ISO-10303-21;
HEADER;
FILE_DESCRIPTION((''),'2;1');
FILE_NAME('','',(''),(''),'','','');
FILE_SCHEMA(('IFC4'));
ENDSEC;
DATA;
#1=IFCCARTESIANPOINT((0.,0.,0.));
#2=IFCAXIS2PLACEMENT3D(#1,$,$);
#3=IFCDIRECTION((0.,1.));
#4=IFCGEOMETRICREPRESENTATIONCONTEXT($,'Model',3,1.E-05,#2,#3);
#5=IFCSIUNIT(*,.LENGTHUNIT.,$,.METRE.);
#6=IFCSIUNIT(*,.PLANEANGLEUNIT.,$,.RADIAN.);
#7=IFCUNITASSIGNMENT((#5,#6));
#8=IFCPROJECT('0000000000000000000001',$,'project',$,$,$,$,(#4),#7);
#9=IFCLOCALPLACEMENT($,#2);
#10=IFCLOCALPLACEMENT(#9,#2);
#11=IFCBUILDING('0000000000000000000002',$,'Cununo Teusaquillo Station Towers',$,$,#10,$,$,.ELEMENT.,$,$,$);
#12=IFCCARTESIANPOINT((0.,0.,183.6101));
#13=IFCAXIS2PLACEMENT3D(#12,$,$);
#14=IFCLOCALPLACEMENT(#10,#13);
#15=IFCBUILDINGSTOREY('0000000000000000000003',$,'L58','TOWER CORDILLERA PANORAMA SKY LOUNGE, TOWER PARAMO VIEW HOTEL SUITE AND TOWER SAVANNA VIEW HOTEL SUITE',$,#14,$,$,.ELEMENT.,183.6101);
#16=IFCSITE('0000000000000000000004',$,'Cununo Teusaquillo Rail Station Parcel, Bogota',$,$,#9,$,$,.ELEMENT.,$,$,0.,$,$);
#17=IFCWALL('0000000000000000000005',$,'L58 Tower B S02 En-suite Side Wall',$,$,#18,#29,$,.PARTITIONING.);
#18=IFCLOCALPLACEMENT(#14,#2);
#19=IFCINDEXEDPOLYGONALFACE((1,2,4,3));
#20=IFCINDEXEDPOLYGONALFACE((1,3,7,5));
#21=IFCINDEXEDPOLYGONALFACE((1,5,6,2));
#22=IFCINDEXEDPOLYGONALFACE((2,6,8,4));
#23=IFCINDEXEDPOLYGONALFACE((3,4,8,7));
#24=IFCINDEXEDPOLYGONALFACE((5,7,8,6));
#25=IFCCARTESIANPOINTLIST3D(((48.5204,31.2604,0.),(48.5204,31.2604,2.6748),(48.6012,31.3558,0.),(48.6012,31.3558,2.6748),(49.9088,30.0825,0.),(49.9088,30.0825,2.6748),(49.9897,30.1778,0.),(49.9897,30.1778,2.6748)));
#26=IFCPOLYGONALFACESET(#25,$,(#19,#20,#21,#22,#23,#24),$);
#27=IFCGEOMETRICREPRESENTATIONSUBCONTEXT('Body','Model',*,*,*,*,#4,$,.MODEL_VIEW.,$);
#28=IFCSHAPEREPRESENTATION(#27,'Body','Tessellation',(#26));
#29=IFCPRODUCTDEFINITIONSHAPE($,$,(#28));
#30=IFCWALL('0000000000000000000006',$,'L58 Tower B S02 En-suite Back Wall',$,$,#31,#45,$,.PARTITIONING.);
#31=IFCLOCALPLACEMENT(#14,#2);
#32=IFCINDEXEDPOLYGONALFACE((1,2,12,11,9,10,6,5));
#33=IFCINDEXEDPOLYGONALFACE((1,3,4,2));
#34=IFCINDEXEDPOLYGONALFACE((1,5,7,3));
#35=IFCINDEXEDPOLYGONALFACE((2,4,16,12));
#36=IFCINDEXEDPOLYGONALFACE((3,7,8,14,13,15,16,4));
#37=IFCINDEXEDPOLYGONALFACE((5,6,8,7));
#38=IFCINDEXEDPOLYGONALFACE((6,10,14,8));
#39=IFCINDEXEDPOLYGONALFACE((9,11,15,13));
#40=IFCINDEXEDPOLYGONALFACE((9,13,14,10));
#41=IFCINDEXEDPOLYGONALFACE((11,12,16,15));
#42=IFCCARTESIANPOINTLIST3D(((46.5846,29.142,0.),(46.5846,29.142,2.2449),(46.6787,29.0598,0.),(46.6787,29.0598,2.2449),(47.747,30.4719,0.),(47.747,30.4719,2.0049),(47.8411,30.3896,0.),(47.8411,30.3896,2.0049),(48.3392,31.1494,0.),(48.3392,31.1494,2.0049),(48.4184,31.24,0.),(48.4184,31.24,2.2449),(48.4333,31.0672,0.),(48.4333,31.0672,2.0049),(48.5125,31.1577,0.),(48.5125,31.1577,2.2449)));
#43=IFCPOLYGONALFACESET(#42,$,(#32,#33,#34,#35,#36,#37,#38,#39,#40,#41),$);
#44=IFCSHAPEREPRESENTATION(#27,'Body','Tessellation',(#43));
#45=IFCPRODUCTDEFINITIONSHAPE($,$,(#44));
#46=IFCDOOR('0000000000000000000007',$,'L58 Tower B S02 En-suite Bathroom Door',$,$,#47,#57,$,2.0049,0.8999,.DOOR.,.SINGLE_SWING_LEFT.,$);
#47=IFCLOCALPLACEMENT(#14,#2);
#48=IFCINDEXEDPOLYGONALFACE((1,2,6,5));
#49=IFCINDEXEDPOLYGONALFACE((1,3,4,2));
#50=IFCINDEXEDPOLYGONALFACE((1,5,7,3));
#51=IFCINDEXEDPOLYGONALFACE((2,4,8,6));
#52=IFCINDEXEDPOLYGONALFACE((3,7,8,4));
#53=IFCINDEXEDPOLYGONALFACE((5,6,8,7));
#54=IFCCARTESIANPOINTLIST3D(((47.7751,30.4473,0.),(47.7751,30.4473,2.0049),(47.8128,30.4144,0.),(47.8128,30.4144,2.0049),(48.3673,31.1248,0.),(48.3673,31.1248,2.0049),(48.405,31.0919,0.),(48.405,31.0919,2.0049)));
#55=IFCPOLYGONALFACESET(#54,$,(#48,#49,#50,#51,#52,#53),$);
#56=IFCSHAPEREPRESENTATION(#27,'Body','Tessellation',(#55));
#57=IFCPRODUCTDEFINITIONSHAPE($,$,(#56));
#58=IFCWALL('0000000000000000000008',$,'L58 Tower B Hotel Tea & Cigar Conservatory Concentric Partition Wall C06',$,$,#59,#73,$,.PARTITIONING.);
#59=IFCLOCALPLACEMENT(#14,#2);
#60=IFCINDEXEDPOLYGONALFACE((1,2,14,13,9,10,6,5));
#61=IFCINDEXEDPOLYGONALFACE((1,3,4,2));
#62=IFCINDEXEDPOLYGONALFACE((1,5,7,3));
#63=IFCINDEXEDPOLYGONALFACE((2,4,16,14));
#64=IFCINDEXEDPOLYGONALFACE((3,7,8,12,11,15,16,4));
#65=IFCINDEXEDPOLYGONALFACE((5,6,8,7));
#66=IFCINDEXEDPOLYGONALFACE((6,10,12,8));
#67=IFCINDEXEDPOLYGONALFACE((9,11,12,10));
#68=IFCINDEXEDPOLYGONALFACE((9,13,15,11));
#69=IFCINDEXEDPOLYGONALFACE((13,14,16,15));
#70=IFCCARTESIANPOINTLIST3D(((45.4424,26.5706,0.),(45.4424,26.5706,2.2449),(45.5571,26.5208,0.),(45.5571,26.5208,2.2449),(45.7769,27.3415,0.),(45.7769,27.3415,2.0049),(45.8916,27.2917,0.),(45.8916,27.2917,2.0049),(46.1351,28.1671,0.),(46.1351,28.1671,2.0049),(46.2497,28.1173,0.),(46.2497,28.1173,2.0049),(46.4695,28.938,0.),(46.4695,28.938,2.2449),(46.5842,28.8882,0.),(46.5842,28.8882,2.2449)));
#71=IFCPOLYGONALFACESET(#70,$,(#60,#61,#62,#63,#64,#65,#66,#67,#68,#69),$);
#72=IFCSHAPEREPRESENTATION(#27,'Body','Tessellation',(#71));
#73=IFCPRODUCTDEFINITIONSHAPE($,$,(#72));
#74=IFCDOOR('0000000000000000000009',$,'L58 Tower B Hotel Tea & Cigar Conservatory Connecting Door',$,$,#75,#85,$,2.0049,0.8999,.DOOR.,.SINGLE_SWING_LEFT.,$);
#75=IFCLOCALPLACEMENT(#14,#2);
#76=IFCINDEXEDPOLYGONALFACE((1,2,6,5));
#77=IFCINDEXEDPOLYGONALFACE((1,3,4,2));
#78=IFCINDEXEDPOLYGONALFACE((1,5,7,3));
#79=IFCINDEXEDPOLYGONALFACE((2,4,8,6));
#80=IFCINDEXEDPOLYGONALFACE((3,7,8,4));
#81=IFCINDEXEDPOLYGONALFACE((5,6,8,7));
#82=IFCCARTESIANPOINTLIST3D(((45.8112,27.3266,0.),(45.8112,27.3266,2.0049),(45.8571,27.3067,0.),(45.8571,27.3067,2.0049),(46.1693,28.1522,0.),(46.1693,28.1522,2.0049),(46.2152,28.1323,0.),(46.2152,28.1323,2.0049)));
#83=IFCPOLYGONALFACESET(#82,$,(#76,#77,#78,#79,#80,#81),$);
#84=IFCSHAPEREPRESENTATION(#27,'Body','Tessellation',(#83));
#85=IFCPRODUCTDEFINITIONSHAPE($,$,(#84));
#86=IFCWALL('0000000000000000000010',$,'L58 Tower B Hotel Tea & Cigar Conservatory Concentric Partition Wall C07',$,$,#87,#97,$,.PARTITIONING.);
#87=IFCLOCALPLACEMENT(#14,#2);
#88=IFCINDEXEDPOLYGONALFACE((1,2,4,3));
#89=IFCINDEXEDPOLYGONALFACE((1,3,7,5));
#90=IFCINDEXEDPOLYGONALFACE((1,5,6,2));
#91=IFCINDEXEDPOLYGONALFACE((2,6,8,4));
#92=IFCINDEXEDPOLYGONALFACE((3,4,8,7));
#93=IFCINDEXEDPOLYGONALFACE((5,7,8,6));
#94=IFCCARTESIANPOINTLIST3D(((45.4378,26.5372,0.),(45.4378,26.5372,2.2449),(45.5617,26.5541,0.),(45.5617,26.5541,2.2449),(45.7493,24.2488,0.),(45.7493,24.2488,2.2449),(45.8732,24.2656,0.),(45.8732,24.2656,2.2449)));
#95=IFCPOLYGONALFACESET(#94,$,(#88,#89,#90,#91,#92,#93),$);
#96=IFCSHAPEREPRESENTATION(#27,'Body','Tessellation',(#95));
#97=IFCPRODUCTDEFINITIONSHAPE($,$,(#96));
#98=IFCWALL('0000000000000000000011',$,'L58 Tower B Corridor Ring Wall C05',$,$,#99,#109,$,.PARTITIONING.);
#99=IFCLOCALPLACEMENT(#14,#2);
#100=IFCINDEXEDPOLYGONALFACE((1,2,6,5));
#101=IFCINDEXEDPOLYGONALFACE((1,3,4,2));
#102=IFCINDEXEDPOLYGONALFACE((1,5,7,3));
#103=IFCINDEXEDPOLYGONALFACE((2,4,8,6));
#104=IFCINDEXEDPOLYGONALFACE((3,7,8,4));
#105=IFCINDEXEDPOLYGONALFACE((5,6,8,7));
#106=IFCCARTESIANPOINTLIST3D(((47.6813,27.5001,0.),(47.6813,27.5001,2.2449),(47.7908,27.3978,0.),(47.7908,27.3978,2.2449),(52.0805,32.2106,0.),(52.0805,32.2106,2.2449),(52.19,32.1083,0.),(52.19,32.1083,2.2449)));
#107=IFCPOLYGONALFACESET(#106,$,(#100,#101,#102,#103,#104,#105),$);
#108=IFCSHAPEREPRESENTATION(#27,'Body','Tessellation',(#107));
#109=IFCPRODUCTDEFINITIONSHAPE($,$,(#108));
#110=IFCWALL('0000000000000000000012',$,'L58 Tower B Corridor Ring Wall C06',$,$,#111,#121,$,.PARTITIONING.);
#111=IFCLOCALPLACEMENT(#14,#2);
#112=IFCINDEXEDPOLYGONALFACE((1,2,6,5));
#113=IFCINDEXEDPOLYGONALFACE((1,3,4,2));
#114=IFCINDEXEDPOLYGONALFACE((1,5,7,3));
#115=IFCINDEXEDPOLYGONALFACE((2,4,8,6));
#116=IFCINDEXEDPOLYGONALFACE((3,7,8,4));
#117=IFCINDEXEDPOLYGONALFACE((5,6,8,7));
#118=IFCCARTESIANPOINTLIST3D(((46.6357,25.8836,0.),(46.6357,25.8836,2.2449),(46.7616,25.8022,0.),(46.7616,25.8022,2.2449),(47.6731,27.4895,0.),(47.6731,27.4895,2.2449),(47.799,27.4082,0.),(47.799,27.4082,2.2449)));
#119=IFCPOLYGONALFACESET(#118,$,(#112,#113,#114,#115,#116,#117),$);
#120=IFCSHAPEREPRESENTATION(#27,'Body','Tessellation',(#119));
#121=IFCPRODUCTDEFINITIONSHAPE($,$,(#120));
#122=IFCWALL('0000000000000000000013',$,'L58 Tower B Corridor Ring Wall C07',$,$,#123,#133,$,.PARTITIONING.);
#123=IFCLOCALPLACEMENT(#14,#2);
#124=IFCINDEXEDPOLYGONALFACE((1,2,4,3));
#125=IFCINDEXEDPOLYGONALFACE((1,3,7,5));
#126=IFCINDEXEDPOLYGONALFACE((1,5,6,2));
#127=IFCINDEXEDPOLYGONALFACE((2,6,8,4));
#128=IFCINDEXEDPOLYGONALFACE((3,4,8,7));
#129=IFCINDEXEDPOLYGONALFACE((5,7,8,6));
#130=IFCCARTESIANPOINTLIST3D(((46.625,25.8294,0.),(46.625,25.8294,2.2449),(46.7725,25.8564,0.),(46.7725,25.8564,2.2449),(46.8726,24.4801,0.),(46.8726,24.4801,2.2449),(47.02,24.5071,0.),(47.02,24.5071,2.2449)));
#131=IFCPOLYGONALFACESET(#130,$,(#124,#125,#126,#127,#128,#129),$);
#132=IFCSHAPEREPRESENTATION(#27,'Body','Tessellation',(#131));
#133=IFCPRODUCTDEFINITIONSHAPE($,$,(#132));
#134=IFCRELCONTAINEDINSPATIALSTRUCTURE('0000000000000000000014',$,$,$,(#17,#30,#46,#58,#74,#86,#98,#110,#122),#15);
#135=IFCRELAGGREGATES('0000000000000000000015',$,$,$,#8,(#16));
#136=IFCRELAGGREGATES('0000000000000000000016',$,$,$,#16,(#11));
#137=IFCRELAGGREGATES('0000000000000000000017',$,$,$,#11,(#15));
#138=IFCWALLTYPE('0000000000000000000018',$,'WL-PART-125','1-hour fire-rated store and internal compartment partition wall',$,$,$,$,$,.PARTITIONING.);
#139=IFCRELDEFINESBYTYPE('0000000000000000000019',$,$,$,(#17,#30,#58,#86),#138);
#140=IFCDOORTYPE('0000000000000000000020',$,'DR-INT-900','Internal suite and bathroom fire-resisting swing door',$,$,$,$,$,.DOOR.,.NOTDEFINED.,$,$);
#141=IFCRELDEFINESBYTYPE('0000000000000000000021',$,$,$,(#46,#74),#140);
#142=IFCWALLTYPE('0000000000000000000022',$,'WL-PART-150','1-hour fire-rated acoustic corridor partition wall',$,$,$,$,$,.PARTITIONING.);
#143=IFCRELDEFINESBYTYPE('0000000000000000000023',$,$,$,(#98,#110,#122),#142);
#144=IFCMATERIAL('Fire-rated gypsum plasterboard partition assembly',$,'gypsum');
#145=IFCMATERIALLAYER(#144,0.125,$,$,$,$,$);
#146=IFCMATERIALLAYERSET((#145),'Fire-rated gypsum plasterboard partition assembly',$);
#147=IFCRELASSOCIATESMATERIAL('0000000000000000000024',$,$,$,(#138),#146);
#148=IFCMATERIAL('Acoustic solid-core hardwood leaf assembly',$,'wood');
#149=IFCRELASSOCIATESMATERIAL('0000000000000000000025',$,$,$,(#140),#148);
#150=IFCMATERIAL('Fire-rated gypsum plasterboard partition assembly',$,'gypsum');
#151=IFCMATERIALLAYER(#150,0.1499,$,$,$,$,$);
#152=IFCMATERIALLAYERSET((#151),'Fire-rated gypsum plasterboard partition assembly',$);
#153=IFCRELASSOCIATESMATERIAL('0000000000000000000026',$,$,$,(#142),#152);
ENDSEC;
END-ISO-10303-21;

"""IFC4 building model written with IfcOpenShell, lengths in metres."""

from ifc_helpers import new_model, si_unit, direction, frame, frame_2d, origin, place, context, subcontext, project, spatial, rectangle, extrude, source, transform, mapped, material, layer, layer_set, type_object, element, fill, save


model = new_model("IFC4")

# Units and contexts
model_context = context("Model", 3, precision=1e-05, world=origin(), true_north=direction((0.0, 1.0)))
body_context = subcontext(model_context, "Body", "Model", "MODEL_VIEW")
ifc_project = project(units=[si_unit("LENGTHUNIT", "METRE"), si_unit("PLANEANGLEUNIT", "RADIAN")], contexts=[model_context])

# Site, building, storey
site_placement = place(None, origin())
site = spatial("IfcSite", under=ifc_project, at=site_placement, Name="Cununo Teusaquillo Rail Station Parcel, Bogota", CompositionType="ELEMENT", RefElevation=0.0)
building_placement = place(site_placement, origin())
building = spatial("IfcBuilding", under=site, at=building_placement, Name="Cununo Teusaquillo Station Towers", CompositionType="ELEMENT")
storey_placement = place(building_placement, frame((0.0, 0.0, 183.6101)))
storey = spatial("IfcBuildingStorey", under=building, at=storey_placement, Name="L58", Description="TOWER CORDILLERA PANORAMA SKY LOUNGE, TOWER PARAMO VIEW HOTEL SUITE AND TOWER SAVANNA VIEW HOTEL SUITE", CompositionType="ELEMENT", Elevation=183.6101)

# Shared definitions
ifc_material_1 = material(Name="Fire-rated gypsum plasterboard partition assembly", Category="gypsum")
ifc_layer_1 = layer(ifc_material_1, 0.125)
ifc_layer_set_1 = layer_set([ifc_layer_1], Name="Fire-rated gypsum plasterboard partition assembly")
wall_type_1 = type_object("IfcWallType", Name="WL-PART-125", Description="1-hour fire-rated store and internal compartment partition wall", PredefinedType="PARTITIONING", material=ifc_layer_set_1)
shared_shape_1 = source(origin(), body_context, "Body", "SweptSolid", [
    extrude(rectangle(XDim=0.8999, YDim=2.0049, at=frame_2d((0.45, 1.0024))), frame((0.0, 0.0725, 0.0), z_axis=(0.0, -1.0, 0.0), x_axis=(1.0, 0.0, 0.0)), (0.0, 0.0, 1.0), 0.145),
])
shared_shape_2 = source(origin(), body_context, "Body", "SweptSolid", [
    extrude(rectangle(XDim=0.8999, YDim=2.0049, at=frame_2d((0.45, 1.0024))), frame((0.0, 0.0249, 0.0), z_axis=(0.0, -1.0, 0.0), x_axis=(1.0, 0.0, 0.0)), (0.0, 0.0, 1.0), 0.05),
])

# Wall
wall_1_placement = place(storey_placement, frame((49.9492, 30.1301, 0.0), z_axis=(0.0, 0.0, 1.0), x_axis=(-0.762531, 0.646951, 0.0)))
element("IfcWall", 1, at=wall_1_placement, inside=storey, type_object=wall_type_1, Name="L58 Tower B S02 En-suite Side Wall", PredefinedType="PARTITIONING", context=body_context, shape_type="SweptSolid", body=[
    extrude(rectangle(XDim=1.8208, YDim=0.125, at=frame_2d((0.9104, 0.0))), origin(), (0.0, 0.0, 1.0), 2.6748),
])

# Walls, openings, doors
wall_2_placement = place(storey_placement, frame((48.4653, 31.1987, 0.0), z_axis=(0.0, 0.0, 1.0), x_axis=(-0.658114, -0.752919, 0.0)))
wall_2 = element("IfcWall", 2, at=wall_2_placement, inside=storey, type_object=wall_type_1, Name="L58 Tower B S02 En-suite Back Wall", PredefinedType="PARTITIONING", context=body_context, shape_type="SweptSolid", body=[
    extrude(rectangle(XDim=2.7864, YDim=0.125, at=frame_2d((1.3931, 0.0))), origin(), (0.0, 0.0, 1.0), 2.2449),
])
opening_1_placement = place(wall_2_placement, frame((0.1201, 0.0, 0.0)))
opening_1 = element("IfcOpeningElement", 3, at=opening_1_placement, cuts=wall_2, PredefinedType="OPENING", context=body_context, shape_type="MappedRepresentation", body=[
    mapped(shared_shape_1, transform((0.0, 0.0, 0.0), x_axis=(1.0, 0.0, 0.0), y_axis=(0.0, 1.0, 0.0), z_axis=(0.0, 0.0, 1.0), scale=1.0)),
])
ifc_material_2 = material(Name="Acoustic solid-core hardwood leaf assembly", Category="wood")
door_type_1 = type_object("IfcDoorType", Name="DR-INT-900", Description="Internal suite and bathroom fire-resisting swing door", OperationType="NOTDEFINED", PredefinedType="DOOR", material=ifc_material_2)
door_1_placement = place(opening_1_placement, origin())
door_1 = element("IfcDoor", 4, at=door_1_placement, inside=storey, type_object=door_type_1, Name="L58 Tower B S02 En-suite Bathroom Door", OperationType="SINGLE_SWING_LEFT", OverallHeight=2.0049, OverallWidth=0.8999, PredefinedType="DOOR", context=body_context, shape_type="MappedRepresentation", body=[
    mapped(shared_shape_2, transform((0.0, 0.0, 0.0), x_axis=(1.0, 0.0, 0.0), y_axis=(0.0, 1.0, 0.0), z_axis=(0.0, 0.0, 1.0), scale=1.0)),
])
fill(opening_1, door_1)
wall_3_placement = place(storey_placement, frame((46.5269, 28.9131, 0.0), z_axis=(0.0, 0.0, 1.0), x_axis=(-0.398003, -0.917384, 0.0)))
wall_3 = element("IfcWall", 5, at=wall_3_placement, inside=storey, type_object=wall_type_1, Name="L58 Tower B Hotel Tea & Cigar Conservatory Concentric Partition Wall C06", PredefinedType="PARTITIONING", context=body_context, shape_type="SweptSolid", body=[
    extrude(rectangle(XDim=2.5806, YDim=0.125, at=frame_2d((1.2903, 0.0))), origin(), (0.0, 0.0, 1.0), 2.2449),
])
opening_2_placement = place(wall_3_placement, frame((0.8403, 0.0, 0.0)))
opening_2 = element("IfcOpeningElement", 6, at=opening_2_placement, cuts=wall_3, PredefinedType="OPENING", context=body_context, shape_type="MappedRepresentation", body=[
    mapped(shared_shape_1, transform((0.0, 0.0, 0.0), x_axis=(1.0, 0.0, 0.0), y_axis=(0.0, 1.0, 0.0), z_axis=(0.0, 0.0, 1.0), scale=1.0)),
])
door_2_placement = place(opening_2_placement, origin())
door_2 = element("IfcDoor", 7, at=door_2_placement, inside=storey, type_object=door_type_1, Name="L58 Tower B Hotel Tea & Cigar Conservatory Connecting Door", OperationType="SINGLE_SWING_LEFT", OverallHeight=2.0049, OverallWidth=0.8999, PredefinedType="DOOR", context=body_context, shape_type="MappedRepresentation", body=[
    mapped(shared_shape_2, transform((0.0, 0.0, 0.0), x_axis=(1.0, 0.0, 0.0), y_axis=(0.0, 1.0, 0.0), z_axis=(0.0, 0.0, 1.0), scale=1.0)),
])
fill(opening_2, door_2)

# Walls
wall_4_placement = place(storey_placement, frame((45.4998, 26.5457, 0.0), z_axis=(0.0, 0.0, 1.0), x_axis=(0.134877, -0.990862, 0.0)))
element("IfcWall", 8, at=wall_4_placement, inside=storey, type_object=wall_type_1, Name="L58 Tower B Hotel Tea & Cigar Conservatory Concentric Partition Wall C07", PredefinedType="PARTITIONING", context=body_context, shape_type="SweptSolid", body=[
    extrude(rectangle(XDim=2.3096, YDim=0.125, at=frame_2d((1.1548, 0.0))), origin(), (0.0, 0.0, 1.0), 2.2449),
])
ifc_material_3 = material(Name="Fire-rated gypsum plasterboard partition assembly", Category="gypsum")
ifc_layer_2 = layer(ifc_material_3, 0.1499)
ifc_layer_set_2 = layer_set([ifc_layer_2], Name="Fire-rated gypsum plasterboard partition assembly")
wall_type_2 = type_object("IfcWallType", Name="WL-PART-150", Description="1-hour fire-rated acoustic corridor partition wall", PredefinedType="PARTITIONING", material=ifc_layer_set_2)
wall_5_placement = place(storey_placement, frame((52.1353, 32.1594, 0.0), z_axis=(0.0, 0.0, 1.0), x_axis=(-0.682546, -0.730842, 0.0)))
element("IfcWall", 9, at=wall_5_placement, inside=storey, type_object=wall_type_2, Name="L58 Tower B Corridor Ring Wall C05", PredefinedType="PARTITIONING", context=body_context, shape_type="SweptSolid", body=[
    extrude(rectangle(XDim=6.4453, YDim=0.1499, at=frame_2d((3.2227, 0.0))), origin(), (0.0, 0.0, 1.0), 2.2449),
])
wall_6_placement = place(storey_placement, frame((47.7361, 27.449, 0.0), z_axis=(0.0, 0.0, 1.0), x_axis=(-0.542589, -0.839998, 0.0)))
element("IfcWall", 10, at=wall_6_placement, inside=storey, type_object=wall_type_2, Name="L58 Tower B Corridor Ring Wall C06", PredefinedType="PARTITIONING", context=body_context, shape_type="SweptSolid", body=[
    extrude(rectangle(XDim=1.9119, YDim=0.1499, at=frame_2d((0.9561, 0.0))), origin(), (0.0, 0.0, 1.0), 2.2449),
])
wall_7_placement = place(storey_placement, frame((46.6987, 25.843, 0.0), z_axis=(0.0, 0.0, 1.0), x_axis=(0.180451, -0.983584, 0.0)))
element("IfcWall", 11, at=wall_7_placement, inside=storey, type_object=wall_type_2, Name="L58 Tower B Corridor Ring Wall C07", PredefinedType="PARTITIONING", context=body_context, shape_type="SweptSolid", body=[
    extrude(rectangle(XDim=1.3718, YDim=0.1499, at=frame_2d((0.686, 0.0))), origin(), (0.0, 0.0, 1.0), 2.2449),
])

save(model, "model.ifc")
